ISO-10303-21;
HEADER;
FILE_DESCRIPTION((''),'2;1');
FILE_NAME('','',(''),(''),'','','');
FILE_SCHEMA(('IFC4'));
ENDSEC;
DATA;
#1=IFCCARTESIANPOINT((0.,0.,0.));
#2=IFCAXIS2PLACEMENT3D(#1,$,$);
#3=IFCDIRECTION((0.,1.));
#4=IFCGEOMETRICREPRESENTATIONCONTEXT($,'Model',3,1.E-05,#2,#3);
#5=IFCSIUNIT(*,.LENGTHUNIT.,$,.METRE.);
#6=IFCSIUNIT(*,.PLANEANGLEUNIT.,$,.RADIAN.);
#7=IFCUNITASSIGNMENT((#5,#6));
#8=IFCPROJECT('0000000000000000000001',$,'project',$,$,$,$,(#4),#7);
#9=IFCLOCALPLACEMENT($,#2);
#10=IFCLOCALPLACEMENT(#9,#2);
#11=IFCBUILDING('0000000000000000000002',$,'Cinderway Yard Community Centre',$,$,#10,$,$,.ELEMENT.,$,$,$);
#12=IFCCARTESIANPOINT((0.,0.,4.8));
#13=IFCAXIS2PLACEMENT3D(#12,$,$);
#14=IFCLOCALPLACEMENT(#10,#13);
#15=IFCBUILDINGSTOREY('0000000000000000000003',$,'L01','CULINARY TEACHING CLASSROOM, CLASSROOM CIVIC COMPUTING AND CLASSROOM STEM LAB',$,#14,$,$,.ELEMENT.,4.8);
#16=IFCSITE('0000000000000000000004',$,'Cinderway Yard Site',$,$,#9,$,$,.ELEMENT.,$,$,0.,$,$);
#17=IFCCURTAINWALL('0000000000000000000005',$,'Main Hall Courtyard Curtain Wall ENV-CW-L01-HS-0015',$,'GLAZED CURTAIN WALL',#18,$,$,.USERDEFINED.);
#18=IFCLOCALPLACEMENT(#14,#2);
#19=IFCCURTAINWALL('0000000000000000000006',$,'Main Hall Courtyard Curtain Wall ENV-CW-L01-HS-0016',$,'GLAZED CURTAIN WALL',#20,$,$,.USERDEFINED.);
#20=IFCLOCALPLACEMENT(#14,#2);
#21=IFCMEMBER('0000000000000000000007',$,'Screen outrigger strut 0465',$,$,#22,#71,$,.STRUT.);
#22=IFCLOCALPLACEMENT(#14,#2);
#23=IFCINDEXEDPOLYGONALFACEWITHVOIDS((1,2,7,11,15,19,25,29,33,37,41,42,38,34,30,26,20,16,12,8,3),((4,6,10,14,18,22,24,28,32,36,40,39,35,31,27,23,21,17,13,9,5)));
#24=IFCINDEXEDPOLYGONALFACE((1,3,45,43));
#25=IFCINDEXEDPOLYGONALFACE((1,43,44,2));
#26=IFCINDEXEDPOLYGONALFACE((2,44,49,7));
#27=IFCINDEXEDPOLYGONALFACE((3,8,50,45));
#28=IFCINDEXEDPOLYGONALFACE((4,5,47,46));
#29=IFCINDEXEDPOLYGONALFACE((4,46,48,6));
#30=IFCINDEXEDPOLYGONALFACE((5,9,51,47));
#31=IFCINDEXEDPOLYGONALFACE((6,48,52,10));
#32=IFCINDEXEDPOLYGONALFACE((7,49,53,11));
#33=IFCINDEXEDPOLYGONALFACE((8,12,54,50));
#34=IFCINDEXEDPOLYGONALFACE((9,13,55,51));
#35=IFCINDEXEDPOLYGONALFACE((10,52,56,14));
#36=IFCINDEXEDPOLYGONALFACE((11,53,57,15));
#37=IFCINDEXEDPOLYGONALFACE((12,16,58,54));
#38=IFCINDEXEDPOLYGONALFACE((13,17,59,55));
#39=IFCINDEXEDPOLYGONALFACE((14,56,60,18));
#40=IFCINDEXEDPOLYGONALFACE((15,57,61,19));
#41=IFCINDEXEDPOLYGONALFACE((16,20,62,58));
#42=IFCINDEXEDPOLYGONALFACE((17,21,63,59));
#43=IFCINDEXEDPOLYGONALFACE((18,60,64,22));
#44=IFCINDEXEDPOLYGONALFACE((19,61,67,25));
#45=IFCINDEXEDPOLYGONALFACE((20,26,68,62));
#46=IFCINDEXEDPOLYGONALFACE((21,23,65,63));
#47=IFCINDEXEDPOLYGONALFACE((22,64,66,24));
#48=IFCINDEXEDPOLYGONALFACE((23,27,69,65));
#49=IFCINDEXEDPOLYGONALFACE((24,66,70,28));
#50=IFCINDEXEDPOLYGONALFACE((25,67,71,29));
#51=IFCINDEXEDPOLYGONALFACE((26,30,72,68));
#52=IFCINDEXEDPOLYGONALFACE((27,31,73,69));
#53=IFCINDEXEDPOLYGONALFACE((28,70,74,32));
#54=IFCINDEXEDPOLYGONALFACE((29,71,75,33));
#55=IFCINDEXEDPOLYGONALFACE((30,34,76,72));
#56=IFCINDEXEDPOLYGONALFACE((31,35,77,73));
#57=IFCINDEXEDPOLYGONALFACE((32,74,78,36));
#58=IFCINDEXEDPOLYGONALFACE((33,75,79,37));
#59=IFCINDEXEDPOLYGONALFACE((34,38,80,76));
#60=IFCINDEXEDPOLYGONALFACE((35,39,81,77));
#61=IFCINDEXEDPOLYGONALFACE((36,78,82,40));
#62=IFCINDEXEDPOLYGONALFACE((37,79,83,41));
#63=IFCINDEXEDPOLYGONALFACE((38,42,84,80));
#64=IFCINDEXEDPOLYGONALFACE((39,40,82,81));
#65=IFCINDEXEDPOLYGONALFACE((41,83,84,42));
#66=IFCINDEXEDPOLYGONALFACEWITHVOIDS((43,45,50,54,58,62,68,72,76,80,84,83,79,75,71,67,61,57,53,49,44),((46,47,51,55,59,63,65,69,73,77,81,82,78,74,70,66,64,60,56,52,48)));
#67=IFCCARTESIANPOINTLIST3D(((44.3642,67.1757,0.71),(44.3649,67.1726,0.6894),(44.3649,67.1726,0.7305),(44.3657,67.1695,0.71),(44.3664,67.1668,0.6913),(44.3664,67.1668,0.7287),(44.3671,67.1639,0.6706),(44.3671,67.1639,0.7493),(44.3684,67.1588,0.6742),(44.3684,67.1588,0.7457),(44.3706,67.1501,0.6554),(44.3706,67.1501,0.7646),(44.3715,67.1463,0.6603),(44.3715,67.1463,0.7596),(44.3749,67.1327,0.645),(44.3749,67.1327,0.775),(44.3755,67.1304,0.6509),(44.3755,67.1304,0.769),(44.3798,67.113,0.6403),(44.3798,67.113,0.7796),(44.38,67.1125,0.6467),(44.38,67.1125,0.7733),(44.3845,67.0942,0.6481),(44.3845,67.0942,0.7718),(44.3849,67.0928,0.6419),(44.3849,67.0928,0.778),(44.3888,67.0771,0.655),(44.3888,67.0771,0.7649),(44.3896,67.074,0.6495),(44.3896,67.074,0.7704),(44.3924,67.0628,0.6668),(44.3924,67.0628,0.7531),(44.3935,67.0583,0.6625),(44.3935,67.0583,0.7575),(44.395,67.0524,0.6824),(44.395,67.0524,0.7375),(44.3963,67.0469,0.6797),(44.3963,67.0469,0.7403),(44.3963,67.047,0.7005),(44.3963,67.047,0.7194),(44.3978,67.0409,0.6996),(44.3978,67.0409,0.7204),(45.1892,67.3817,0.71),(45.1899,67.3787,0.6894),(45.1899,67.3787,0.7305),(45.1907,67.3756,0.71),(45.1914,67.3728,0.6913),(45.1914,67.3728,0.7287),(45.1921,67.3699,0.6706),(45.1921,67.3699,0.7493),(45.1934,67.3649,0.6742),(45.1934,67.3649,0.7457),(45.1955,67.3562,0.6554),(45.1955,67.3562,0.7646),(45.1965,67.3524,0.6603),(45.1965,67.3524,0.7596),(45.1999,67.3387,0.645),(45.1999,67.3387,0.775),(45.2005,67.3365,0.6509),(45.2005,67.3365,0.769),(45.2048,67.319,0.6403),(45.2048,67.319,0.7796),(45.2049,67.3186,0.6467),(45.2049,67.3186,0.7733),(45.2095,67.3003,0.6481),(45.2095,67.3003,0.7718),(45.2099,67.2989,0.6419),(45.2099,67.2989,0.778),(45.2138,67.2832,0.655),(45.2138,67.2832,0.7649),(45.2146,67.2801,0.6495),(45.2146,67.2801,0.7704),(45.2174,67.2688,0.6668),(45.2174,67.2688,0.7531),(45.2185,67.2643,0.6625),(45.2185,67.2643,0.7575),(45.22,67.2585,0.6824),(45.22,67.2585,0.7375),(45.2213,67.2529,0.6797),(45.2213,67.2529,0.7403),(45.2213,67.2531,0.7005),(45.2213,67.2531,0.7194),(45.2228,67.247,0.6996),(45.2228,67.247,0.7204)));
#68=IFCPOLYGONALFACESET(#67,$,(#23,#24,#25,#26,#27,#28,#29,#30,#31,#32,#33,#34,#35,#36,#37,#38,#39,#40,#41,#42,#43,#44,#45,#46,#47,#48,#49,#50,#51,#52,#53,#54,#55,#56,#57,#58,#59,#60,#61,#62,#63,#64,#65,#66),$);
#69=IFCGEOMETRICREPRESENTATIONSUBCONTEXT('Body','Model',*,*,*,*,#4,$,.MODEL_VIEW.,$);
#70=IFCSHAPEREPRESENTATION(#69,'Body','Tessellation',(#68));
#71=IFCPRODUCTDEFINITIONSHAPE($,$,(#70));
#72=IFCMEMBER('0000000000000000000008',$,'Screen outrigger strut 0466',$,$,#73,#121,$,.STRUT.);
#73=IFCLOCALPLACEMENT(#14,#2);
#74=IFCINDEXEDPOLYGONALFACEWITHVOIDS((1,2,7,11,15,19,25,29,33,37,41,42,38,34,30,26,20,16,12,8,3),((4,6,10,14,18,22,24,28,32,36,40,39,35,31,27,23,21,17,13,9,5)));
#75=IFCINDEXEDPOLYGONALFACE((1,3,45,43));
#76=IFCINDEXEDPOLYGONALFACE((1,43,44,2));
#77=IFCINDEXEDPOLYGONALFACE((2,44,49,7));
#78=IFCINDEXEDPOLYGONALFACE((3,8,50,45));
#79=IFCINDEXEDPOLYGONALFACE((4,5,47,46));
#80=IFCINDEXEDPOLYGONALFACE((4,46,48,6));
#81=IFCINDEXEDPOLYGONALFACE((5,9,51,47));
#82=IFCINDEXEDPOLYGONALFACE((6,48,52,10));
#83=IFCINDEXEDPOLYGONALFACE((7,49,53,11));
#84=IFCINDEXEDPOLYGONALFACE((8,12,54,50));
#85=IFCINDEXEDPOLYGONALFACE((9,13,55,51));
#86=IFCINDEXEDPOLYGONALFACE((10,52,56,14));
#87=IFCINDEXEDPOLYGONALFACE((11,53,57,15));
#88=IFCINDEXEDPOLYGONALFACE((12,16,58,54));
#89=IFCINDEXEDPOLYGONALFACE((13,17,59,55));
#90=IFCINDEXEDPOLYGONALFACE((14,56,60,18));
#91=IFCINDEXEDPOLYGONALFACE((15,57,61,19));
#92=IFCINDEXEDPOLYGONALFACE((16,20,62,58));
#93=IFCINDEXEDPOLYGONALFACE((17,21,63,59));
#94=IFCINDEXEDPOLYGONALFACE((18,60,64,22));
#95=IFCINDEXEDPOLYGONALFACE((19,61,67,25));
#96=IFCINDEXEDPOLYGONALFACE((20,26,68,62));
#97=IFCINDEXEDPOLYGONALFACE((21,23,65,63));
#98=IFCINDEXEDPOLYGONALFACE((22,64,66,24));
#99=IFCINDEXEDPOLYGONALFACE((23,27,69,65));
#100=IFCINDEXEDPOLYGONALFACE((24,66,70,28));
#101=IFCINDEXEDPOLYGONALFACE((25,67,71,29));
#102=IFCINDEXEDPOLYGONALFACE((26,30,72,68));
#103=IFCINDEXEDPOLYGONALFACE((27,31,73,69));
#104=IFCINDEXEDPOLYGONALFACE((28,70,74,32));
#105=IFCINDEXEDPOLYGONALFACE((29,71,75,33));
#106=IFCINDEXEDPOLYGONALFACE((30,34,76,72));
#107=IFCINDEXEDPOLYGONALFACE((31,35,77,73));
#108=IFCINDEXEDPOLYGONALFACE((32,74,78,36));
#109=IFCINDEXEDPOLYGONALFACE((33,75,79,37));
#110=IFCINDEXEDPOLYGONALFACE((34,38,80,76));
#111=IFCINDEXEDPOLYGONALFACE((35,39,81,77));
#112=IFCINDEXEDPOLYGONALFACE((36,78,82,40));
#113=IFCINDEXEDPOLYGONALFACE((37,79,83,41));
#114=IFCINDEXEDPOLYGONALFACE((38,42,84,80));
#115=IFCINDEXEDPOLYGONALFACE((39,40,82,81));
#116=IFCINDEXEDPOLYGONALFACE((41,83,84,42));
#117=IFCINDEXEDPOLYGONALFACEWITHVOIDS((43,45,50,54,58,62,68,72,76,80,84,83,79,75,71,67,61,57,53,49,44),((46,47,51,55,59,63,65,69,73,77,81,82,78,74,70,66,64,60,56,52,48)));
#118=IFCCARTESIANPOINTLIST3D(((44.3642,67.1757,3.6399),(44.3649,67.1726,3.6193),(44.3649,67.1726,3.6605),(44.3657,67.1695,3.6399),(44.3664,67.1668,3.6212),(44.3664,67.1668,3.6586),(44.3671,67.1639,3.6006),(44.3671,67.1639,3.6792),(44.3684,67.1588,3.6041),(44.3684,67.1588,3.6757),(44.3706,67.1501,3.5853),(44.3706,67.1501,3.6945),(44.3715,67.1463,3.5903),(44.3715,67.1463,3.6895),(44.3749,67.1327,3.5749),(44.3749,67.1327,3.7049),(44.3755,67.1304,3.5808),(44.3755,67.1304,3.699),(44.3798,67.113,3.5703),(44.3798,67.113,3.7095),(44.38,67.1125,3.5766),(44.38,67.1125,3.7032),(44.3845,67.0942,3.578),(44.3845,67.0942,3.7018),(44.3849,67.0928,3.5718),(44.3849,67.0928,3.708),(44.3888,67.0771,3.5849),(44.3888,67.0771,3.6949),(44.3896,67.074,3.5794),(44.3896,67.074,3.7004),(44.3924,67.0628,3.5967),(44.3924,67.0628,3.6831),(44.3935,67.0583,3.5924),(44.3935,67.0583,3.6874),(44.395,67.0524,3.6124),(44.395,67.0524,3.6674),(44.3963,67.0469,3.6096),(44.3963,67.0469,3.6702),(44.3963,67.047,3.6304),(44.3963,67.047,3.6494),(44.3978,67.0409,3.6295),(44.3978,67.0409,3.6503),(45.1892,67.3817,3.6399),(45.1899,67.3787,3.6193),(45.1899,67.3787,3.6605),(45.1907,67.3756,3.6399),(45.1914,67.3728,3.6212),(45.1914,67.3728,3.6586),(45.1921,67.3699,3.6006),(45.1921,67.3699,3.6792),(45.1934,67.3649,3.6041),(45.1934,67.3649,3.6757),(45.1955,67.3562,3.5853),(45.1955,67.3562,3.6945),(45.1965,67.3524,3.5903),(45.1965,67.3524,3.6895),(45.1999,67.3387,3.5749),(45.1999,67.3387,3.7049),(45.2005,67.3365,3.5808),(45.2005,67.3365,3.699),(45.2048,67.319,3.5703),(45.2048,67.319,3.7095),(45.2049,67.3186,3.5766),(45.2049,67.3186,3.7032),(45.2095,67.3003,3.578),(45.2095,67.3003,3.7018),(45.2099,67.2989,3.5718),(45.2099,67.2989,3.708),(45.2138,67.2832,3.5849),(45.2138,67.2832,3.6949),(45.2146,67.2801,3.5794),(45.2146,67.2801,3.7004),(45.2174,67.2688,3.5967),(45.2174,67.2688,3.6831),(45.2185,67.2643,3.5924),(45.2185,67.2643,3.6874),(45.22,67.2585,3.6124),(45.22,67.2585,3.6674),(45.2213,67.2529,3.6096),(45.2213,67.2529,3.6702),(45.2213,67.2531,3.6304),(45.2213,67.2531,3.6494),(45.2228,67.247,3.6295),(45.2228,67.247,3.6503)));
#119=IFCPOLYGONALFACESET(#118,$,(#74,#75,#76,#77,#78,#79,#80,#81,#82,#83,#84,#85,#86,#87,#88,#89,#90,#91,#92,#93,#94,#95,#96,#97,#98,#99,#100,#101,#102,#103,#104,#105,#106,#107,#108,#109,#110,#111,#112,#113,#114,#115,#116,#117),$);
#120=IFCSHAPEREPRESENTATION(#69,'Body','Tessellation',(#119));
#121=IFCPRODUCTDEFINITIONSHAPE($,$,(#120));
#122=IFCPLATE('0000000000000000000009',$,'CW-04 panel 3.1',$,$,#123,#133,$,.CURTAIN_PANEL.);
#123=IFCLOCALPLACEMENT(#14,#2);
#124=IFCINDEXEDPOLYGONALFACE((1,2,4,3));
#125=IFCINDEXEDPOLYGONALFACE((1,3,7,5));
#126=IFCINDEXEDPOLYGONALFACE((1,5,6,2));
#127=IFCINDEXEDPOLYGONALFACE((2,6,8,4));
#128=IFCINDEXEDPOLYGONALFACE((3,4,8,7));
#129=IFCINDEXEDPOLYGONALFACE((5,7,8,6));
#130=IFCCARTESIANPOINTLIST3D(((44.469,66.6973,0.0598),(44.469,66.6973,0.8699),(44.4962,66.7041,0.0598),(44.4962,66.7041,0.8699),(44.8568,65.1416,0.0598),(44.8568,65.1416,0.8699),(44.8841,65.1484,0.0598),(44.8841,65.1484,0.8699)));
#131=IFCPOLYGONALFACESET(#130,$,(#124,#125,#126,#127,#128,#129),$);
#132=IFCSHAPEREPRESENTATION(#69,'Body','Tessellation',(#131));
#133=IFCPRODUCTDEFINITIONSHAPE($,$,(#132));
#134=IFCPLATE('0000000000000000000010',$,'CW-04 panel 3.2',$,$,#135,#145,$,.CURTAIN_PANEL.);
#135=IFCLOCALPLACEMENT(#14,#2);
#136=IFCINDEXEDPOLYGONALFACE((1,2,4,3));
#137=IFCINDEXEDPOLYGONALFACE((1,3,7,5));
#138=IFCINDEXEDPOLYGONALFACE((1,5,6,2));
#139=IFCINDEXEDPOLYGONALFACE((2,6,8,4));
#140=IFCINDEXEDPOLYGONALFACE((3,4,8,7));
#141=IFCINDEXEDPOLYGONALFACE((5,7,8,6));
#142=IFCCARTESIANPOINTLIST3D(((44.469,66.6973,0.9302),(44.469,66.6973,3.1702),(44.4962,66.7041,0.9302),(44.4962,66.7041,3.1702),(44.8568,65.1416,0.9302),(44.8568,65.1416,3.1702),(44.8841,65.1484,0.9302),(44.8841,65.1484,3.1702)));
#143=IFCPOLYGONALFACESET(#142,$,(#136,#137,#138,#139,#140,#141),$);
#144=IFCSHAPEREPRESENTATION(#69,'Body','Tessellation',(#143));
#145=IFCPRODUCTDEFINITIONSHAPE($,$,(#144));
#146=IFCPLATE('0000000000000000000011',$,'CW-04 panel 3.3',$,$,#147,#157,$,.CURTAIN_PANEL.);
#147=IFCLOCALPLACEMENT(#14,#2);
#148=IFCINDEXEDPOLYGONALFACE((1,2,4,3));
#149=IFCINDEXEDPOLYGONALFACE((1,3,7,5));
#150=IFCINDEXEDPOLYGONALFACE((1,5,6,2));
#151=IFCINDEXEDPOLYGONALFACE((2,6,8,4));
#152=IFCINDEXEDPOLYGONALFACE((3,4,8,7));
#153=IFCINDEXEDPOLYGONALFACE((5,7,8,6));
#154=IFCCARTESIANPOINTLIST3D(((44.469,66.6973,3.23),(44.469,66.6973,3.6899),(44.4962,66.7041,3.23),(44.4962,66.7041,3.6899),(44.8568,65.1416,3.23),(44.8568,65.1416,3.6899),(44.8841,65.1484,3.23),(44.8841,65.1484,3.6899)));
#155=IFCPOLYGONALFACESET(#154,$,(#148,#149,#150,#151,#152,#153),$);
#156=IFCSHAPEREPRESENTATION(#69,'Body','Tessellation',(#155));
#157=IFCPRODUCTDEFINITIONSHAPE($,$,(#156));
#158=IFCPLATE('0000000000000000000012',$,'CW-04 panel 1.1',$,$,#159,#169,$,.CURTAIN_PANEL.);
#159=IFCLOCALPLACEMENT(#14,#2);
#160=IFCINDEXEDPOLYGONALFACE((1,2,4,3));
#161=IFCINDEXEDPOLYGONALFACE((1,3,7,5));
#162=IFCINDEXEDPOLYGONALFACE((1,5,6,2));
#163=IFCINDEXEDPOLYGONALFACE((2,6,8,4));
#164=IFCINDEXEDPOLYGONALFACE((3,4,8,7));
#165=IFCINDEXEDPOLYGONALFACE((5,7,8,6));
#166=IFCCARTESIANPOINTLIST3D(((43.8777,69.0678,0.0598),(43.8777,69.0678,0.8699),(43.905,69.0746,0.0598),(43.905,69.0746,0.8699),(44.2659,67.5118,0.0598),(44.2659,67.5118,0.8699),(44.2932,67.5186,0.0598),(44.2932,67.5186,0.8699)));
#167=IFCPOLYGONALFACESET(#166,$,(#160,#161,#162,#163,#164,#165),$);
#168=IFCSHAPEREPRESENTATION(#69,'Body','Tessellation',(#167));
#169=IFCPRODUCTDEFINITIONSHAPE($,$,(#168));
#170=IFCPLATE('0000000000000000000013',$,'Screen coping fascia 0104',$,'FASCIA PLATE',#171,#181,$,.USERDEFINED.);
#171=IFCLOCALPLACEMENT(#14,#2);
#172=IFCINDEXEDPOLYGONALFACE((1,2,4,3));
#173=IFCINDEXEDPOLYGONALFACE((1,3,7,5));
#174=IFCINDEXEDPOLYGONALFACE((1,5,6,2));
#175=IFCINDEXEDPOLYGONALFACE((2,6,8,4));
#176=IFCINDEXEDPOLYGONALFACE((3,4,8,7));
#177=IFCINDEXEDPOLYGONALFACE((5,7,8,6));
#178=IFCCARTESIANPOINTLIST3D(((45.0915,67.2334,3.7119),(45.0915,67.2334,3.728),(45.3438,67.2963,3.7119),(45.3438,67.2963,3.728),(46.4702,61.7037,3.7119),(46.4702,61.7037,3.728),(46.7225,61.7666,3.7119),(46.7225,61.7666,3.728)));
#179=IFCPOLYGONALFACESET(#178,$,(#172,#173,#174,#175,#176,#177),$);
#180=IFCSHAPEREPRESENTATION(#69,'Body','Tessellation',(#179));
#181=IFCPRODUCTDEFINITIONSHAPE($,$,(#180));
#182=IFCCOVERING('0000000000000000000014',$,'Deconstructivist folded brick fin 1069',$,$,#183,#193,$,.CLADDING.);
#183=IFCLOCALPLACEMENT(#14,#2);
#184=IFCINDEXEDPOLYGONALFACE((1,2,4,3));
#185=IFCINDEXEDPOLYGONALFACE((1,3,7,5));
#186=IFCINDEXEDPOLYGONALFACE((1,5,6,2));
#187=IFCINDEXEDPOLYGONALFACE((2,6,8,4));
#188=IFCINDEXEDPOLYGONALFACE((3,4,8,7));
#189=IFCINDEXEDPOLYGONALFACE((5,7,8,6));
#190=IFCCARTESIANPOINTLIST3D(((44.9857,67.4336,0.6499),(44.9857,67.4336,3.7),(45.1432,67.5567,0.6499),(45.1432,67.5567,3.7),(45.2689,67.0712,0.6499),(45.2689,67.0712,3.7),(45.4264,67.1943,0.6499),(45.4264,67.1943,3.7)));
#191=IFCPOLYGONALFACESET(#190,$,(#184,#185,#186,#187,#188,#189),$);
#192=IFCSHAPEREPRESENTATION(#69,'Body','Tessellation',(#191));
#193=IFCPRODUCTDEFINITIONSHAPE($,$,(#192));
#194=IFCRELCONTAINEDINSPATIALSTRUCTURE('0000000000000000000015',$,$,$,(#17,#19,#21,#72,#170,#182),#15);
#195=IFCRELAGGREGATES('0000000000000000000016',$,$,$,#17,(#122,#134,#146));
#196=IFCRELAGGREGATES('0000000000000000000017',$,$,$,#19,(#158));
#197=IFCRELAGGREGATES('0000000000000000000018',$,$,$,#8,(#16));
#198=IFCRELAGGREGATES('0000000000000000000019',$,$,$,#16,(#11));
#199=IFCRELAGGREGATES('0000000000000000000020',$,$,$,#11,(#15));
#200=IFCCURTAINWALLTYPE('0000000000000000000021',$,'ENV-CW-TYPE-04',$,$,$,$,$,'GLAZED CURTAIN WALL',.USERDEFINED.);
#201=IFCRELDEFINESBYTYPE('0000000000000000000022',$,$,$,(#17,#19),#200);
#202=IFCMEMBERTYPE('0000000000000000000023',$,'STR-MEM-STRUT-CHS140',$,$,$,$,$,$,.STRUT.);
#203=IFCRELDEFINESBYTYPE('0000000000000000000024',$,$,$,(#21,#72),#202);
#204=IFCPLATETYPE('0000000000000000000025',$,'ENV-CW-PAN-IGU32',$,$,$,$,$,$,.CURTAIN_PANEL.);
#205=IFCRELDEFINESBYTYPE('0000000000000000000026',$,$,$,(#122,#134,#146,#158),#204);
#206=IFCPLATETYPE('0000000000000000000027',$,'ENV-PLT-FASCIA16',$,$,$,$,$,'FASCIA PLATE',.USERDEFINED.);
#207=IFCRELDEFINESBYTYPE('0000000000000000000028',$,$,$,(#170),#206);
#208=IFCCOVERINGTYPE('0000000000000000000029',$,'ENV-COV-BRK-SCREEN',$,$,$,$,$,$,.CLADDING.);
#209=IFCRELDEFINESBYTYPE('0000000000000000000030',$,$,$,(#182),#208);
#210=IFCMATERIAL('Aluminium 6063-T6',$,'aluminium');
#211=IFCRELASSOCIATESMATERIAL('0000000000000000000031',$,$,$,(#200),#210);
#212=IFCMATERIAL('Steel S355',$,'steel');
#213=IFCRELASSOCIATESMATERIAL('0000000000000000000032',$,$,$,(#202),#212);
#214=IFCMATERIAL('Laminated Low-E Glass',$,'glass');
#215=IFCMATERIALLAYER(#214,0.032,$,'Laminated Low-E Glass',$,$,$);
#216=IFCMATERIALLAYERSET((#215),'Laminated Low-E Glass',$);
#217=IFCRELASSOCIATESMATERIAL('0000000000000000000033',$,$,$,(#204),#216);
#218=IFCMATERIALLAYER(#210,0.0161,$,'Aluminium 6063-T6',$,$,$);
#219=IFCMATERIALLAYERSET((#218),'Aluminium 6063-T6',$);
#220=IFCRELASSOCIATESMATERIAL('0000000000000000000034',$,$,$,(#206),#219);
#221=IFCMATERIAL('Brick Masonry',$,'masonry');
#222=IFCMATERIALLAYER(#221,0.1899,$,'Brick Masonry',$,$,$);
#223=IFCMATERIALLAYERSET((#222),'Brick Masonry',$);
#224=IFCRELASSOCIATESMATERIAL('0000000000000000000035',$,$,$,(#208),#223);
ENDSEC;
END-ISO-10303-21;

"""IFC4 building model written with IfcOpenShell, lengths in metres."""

from ifc_helpers import new_model, si_unit, direction, frame, origin, origin_2d, place, context, subcontext, project, spatial, rectangle, hollow_circle, extrude, material, layer, layer_set, material_profile, profile_set, type_object, element, aggregate, save


model = new_model("IFC4")

# Units and contexts
model_context = context("Model", 3, precision=1e-05, world=origin(), true_north=direction((0.0, 1.0)))
body_context = subcontext(model_context, "Body", "Model", "MODEL_VIEW")
ifc_project = project(units=[si_unit("LENGTHUNIT", "METRE"), si_unit("PLANEANGLEUNIT", "RADIAN")], contexts=[model_context])

# Site, building, storey
site_placement = place(None, origin())
site = spatial("IfcSite", under=ifc_project, at=site_placement, Name="Cinderway Yard Site", CompositionType="ELEMENT", RefElevation=0.0)
building_placement = place(site_placement, origin())
building = spatial("IfcBuilding", under=site, at=building_placement, Name="Cinderway Yard Community Centre", CompositionType="ELEMENT")
storey_placement = place(building_placement, frame((0.0, 0.0, 4.8)))
storey = spatial("IfcBuildingStorey", under=building, at=storey_placement, Name="L01", Description="CULINARY TEACHING CLASSROOM, CLASSROOM CIVIC COMPUTING AND CLASSROOM STEM LAB", CompositionType="ELEMENT", Elevation=4.8)

# Curtain wall
ifc_material_1 = material(Name="Aluminium 6063-T6", Category="aluminium")
curtain_wall_type = type_object("IfcCurtainWallType", Name="ENV-CW-TYPE-04", ElementType="GLAZED CURTAIN WALL", PredefinedType="USERDEFINED", material=ifc_material_1)
curtain_wall_1_placement = place(storey_placement, origin())
curtain_wall_1 = element("IfcCurtainWall", 1, at=curtain_wall_1_placement, inside=storey, type_object=curtain_wall_type, Name="Main Hall Courtyard Curtain Wall ENV-CW-L01-HS-0015", ObjectType="GLAZED CURTAIN WALL", PredefinedType="USERDEFINED")

# Curtain wall
curtain_wall_2_placement = place(storey_placement, origin())
curtain_wall_2 = element("IfcCurtainWall", 2, at=curtain_wall_2_placement, inside=storey, type_object=curtain_wall_type, Name="Main Hall Courtyard Curtain Wall ENV-CW-L01-HS-0016", ObjectType="GLAZED CURTAIN WALL", PredefinedType="USERDEFINED")

# Shared definitions
ifc_material_2 = material(Name="Steel S355", Category="steel")

# Members
ifc_material_profile_1 = material_profile(ifc_material_2, hollow_circle(Radius=0.0698, WallThickness=0.0063, at=origin_2d()), Name="Steel S355")
ifc_profile_set_1 = profile_set([ifc_material_profile_1], Name="Steel S355")
member_type_1 = type_object("IfcMemberType", Name="STR-MEM-STRUT-CHS140", PredefinedType="STRUT", material=ifc_profile_set_1)
for number, where, z_axis, x_axis, name in (
    (3, (44.3811, 67.1079, 0.71), (0.970193, 0.242333, 0.0), (-0.242333, 0.970193, 0.0), "Screen outrigger strut 0465"),
    (4, (44.3811, 67.1079, 3.6399), (0.970193, 0.242333, 0.0), (-0.242333, 0.970193, 0.0), "Screen outrigger strut 0466"),
):
    element("IfcMember", number, at=place(storey_placement, frame(where, z_axis=z_axis, x_axis=x_axis)), inside=storey, type_object=member_type_1, Name=name, PredefinedType="STRUT", context=body_context, shape_type="SweptSolid", body=[
        extrude(hollow_circle(Radius=0.0698, WallThickness=0.0063, at=origin_2d()), origin(), (0.0, 0.0, 1.0), 0.8503),
    ])

# Plates
ifc_material_3 = material(Name="Laminated Low-E Glass", Category="glass")
ifc_layer_1 = layer(ifc_material_3, 0.032, Name="Laminated Low-E Glass")
ifc_layer_set_1 = layer_set([ifc_layer_1], Name="Laminated Low-E Glass")
plate_type_1 = type_object("IfcPlateType", Name="ENV-CW-PAN-IGU32", PredefinedType="CURTAIN_PANEL", material=ifc_layer_set_1)
plate_1_placement = place(storey_placement, frame((44.6765, 65.9229, 0.0598), z_axis=(0.0, 0.0, 1.0), x_axis=(-0.241933, 0.970293, 0.0)))
plate_1 = element("IfcPlate", 5, at=plate_1_placement, type_object=plate_type_1, Name="CW-04 panel 3.1", PredefinedType="CURTAIN_PANEL", context=body_context, shape_type="SweptSolid", body=[
    extrude(rectangle(XDim=1.6033, YDim=0.0281, at=origin_2d()), origin(), (0.0, 0.0, 1.0), 0.8101),
])
plate_2_placement = place(storey_placement, frame((44.6765, 65.9229, 0.9302), z_axis=(0.0, 0.0, 1.0), x_axis=(-0.241933, 0.970293, 0.0)))
plate_2 = element("IfcPlate", 6, at=plate_2_placement, type_object=plate_type_1, Name="CW-04 panel 3.2", PredefinedType="CURTAIN_PANEL", context=body_context, shape_type="SweptSolid", body=[
    extrude(rectangle(XDim=1.6033, YDim=0.0281, at=origin_2d()), origin(), (0.0, 0.0, 1.0), 2.24),
])
plate_3_placement = place(storey_placement, frame((44.6765, 65.9229, 3.23), z_axis=(0.0, 0.0, 1.0), x_axis=(-0.241933, 0.970293, 0.0)))
plate_3 = element("IfcPlate", 7, at=plate_3_placement, type_object=plate_type_1, Name="CW-04 panel 3.3", PredefinedType="CURTAIN_PANEL", context=body_context, shape_type="SweptSolid", body=[
    extrude(rectangle(XDim=1.6033, YDim=0.0281, at=origin_2d()), origin(), (0.0, 0.0, 1.0), 0.46),
])
aggregate(curtain_wall_1, [plate_1, plate_2, plate_3])
plate_4_placement = place(storey_placement, frame((44.0854, 68.2932, 0.0598), z_axis=(0.0, 0.0, 1.0), x_axis=(-0.242073, 0.970258, 0.0)))
plate_4 = element("IfcPlate", 8, at=plate_4_placement, type_object=plate_type_1, Name="CW-04 panel 1.1", PredefinedType="CURTAIN_PANEL", context=body_context, shape_type="SweptSolid", body=[
    extrude(rectangle(XDim=1.6038, YDim=0.0281, at=origin_2d()), origin(), (0.0, 0.0, 1.0), 0.8101),
])
aggregate(curtain_wall_2, [plate_4])
ifc_layer_2 = layer(ifc_material_1, 0.0161, Name="Aluminium 6063-T6")
ifc_layer_set_2 = layer_set([ifc_layer_2], Name="Aluminium 6063-T6")
plate_type_2 = type_object("IfcPlateType", Name="ENV-PLT-FASCIA16", ElementType="FASCIA PLATE", PredefinedType="USERDEFINED", material=ifc_layer_set_2)
plate_5_placement = place(storey_placement, frame((45.907, 64.5, 3.7119), z_axis=(0.0, 0.0, 1.0), x_axis=(0.241922, -0.970296, 0.0)))
element("IfcPlate", 9, at=plate_5_placement, inside=storey, type_object=plate_type_2, Name="Screen coping fascia 0104", ObjectType="FASCIA PLATE", PredefinedType="USERDEFINED", context=body_context, shape_type="SweptSolid", body=[
    extrude(rectangle(XDim=5.699, YDim=0.26, at=origin_2d()), origin(), (0.0, 0.0, 1.0), 0.0161),
])

# Covering
ifc_material_4 = material(Name="Brick Masonry", Category="masonry")
ifc_layer_3 = layer(ifc_material_4, 0.1899, Name="Brick Masonry")
ifc_layer_set_3 = layer_set([ifc_layer_3], Name="Brick Masonry")
covering_type = type_object("IfcCoveringType", Name="ENV-COV-BRK-SCREEN", PredefinedType="CLADDING", material=ifc_layer_set_3)
covering_placement = place(storey_placement, frame((45.2061, 67.314, 0.6499), z_axis=(0.0, 0.0, 1.0), x_axis=(0.615661, -0.788011, 0.0)))
element("IfcCovering", 10, at=covering_placement, inside=storey, type_object=covering_type, Name="Deconstructivist folded brick fin 1069", PredefinedType="CLADDING", context=body_context, shape_type="SweptSolid", body=[
    extrude(rectangle(XDim=0.46, YDim=0.2, at=origin_2d()), origin(), (0.0, 0.0, 1.0), 3.05),
])

save(model, "model.ifc")
